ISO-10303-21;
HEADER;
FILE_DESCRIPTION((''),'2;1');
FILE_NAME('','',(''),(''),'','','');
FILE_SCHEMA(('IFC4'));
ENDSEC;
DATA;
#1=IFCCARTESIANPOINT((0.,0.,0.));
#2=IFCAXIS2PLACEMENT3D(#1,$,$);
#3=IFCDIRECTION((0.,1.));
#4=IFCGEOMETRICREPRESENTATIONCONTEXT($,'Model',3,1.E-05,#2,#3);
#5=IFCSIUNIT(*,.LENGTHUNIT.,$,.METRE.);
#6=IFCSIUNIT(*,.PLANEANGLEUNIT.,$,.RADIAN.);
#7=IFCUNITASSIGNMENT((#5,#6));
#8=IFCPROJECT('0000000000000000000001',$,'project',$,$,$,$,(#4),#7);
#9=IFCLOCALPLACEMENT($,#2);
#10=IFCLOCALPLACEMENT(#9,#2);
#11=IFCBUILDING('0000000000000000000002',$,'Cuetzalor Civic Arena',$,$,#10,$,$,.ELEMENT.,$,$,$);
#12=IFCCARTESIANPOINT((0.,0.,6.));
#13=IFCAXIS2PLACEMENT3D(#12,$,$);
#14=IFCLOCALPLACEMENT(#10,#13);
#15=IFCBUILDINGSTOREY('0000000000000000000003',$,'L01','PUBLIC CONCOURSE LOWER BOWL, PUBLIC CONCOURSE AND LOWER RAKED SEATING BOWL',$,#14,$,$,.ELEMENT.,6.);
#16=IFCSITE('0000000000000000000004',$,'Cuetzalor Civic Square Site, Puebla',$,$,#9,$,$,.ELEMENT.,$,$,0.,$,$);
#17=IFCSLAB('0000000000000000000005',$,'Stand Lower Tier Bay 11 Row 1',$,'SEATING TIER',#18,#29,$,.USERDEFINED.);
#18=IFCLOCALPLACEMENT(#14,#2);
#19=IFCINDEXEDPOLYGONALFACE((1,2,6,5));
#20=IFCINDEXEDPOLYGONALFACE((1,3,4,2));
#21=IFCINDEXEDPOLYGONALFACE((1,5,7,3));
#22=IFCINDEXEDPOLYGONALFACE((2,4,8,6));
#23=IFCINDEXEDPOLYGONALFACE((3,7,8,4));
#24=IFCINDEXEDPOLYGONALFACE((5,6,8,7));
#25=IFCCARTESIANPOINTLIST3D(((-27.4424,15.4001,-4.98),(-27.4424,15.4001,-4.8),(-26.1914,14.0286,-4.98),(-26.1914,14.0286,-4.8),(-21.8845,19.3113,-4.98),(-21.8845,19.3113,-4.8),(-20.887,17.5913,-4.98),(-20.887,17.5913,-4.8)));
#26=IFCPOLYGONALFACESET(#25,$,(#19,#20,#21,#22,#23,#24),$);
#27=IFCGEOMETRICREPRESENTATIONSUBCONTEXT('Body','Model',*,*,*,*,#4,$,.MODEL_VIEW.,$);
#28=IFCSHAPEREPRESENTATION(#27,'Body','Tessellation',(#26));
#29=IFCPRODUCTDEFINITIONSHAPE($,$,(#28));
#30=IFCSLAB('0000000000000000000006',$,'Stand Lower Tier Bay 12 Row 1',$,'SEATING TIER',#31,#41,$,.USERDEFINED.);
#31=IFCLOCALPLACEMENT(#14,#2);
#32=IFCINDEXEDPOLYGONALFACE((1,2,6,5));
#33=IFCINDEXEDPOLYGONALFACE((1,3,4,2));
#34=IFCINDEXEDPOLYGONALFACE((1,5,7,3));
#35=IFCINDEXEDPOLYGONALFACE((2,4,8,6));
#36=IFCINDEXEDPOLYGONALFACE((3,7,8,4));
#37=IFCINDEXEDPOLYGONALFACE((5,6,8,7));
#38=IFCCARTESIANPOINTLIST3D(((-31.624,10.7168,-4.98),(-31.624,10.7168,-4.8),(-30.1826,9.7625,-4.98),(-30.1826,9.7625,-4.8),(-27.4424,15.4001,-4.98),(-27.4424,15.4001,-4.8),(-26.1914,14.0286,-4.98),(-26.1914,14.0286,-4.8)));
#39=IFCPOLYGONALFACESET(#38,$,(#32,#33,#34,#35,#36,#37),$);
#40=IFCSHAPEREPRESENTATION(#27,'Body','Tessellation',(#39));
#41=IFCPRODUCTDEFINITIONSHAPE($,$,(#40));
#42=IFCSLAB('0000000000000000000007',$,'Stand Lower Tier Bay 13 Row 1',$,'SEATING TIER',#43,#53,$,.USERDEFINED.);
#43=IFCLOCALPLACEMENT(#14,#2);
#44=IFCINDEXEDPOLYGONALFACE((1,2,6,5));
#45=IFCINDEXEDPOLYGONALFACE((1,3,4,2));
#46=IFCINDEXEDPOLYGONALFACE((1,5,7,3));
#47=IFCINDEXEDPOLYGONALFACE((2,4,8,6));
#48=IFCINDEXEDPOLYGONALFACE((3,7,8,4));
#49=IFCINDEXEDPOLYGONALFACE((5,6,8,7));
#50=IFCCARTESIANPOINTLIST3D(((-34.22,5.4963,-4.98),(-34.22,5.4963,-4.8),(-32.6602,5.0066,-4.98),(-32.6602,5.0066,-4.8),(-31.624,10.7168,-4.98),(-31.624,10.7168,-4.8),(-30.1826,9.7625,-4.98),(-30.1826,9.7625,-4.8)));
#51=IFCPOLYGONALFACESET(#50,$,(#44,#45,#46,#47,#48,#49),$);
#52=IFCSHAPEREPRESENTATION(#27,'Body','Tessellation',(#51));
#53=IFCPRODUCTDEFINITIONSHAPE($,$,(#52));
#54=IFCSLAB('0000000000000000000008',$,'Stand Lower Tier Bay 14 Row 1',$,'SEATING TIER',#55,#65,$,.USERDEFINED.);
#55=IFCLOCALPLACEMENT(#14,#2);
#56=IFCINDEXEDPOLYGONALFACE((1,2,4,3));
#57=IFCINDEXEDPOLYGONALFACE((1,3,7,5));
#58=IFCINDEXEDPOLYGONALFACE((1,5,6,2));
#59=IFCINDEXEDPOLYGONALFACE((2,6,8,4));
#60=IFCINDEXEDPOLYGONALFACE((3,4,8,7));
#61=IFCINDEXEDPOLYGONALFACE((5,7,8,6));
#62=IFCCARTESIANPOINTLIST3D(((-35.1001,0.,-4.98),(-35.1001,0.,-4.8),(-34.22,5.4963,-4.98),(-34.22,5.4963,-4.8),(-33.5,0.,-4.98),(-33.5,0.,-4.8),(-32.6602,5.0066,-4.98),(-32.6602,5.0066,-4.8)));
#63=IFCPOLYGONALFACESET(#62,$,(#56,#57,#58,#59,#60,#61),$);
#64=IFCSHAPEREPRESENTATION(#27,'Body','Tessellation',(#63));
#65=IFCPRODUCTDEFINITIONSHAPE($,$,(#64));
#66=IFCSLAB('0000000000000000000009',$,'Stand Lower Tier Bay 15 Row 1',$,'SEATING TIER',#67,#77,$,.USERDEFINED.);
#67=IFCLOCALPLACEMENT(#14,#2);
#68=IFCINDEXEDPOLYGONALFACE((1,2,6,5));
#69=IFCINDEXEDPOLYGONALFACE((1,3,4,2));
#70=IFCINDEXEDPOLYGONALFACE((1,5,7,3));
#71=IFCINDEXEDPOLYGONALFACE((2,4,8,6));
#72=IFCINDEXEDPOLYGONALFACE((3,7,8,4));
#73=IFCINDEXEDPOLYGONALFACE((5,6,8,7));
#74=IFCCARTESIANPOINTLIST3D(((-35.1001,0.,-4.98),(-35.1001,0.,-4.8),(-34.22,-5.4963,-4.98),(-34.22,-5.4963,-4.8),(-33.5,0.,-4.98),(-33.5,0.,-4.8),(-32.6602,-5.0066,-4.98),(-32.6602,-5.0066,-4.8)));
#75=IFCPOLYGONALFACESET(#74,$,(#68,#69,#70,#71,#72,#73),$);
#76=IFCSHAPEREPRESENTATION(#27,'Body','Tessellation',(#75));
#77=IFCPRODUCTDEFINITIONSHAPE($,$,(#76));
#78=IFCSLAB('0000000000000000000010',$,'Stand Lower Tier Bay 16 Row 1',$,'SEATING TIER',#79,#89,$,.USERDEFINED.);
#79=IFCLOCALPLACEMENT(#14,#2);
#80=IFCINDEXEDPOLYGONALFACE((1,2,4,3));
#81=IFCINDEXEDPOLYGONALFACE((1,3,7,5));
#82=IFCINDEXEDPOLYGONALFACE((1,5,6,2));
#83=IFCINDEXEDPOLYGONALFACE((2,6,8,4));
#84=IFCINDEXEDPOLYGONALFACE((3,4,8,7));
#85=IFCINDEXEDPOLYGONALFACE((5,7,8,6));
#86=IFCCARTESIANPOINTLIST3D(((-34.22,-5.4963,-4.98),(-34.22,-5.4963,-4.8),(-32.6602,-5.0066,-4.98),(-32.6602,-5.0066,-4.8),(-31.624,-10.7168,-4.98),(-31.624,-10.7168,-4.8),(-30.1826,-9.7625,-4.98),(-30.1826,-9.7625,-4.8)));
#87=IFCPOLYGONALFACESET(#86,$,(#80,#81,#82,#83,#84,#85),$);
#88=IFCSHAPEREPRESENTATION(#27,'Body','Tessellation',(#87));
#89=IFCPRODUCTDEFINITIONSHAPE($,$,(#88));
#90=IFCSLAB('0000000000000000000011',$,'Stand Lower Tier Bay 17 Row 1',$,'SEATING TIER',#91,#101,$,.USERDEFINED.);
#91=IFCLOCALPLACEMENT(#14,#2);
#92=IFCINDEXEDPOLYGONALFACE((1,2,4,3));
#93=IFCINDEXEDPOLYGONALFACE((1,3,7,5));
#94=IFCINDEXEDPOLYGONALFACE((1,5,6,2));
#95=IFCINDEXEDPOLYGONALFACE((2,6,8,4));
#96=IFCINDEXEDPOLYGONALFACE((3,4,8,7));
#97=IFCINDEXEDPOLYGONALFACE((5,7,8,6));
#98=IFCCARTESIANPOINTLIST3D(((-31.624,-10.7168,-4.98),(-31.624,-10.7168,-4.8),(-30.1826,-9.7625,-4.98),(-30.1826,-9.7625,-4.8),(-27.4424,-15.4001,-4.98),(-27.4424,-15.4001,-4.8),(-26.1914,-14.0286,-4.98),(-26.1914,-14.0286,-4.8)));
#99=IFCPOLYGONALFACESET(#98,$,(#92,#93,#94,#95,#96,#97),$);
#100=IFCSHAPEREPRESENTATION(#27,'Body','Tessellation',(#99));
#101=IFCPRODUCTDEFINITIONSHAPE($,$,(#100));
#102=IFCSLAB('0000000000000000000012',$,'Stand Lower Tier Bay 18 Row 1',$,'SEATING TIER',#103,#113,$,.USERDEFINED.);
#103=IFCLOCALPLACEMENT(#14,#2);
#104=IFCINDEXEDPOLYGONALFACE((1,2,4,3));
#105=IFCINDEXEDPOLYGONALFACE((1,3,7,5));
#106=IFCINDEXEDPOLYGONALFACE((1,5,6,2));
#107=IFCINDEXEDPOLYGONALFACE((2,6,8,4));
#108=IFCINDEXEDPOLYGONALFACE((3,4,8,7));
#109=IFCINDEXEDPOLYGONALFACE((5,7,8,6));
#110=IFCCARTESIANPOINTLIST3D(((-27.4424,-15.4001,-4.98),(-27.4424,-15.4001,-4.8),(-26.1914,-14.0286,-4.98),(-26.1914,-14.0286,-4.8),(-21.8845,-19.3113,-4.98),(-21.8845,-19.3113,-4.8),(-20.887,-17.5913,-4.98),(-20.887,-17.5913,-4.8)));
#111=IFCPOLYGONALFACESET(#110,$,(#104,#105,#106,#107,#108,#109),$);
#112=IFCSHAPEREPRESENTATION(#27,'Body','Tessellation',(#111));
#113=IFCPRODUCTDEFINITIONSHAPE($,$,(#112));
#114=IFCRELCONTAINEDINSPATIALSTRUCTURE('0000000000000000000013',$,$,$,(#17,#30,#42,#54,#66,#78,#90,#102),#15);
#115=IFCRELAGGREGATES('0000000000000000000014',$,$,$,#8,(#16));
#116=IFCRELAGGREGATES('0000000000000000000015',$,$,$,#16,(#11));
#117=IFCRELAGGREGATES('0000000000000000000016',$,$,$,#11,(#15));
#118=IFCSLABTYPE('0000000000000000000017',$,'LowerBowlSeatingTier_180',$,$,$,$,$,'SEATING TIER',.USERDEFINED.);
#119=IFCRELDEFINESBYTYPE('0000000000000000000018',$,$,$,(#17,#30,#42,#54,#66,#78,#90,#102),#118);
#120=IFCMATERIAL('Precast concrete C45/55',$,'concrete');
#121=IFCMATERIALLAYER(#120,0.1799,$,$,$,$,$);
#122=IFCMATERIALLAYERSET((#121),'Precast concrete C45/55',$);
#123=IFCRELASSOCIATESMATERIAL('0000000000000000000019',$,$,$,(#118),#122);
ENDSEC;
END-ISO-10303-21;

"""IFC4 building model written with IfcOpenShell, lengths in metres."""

from ifc_helpers import new_model, si_unit, direction, frame, origin, place, context, subcontext, project, spatial, polyline, outline, extrude, material, layer, layer_set, type_object, element, save


model = new_model("IFC4")

# Units and contexts
model_context = context("Model", 3, precision=1e-05, world=origin(), true_north=direction((0.0, 1.0)))
body_context = subcontext(model_context, "Body", "Model", "MODEL_VIEW")
ifc_project = project(units=[si_unit("LENGTHUNIT", "METRE"), si_unit("PLANEANGLEUNIT", "RADIAN")], contexts=[model_context])

# Site, building, storey
site_placement = place(None, origin())
site = spatial("IfcSite", under=ifc_project, at=site_placement, Name="Cuetzalor Civic Square Site, Puebla", CompositionType="ELEMENT", RefElevation=0.0)
building_placement = place(site_placement, origin())
building = spatial("IfcBuilding", under=site, at=building_placement, Name="Cuetzalor Civic Arena", CompositionType="ELEMENT")
storey_placement = place(building_placement, frame((0.0, 0.0, 6.0)))
storey = spatial("IfcBuildingStorey", under=building, at=storey_placement, Name="L01", Description="PUBLIC CONCOURSE LOWER BOWL, PUBLIC CONCOURSE AND LOWER RAKED SEATING BOWL", CompositionType="ELEMENT", Elevation=6.0)

# Slabs
ifc_material = material(Name="Precast concrete C45/55", Category="concrete")
ifc_layer = layer(ifc_material, 0.1799)
ifc_layer_set = layer_set([ifc_layer], Name="Precast concrete C45/55")
slab_type = type_object("IfcSlabType", Name="LowerBowlSeatingTier_180", ElementType="SEATING TIER", PredefinedType="USERDEFINED", material=ifc_layer_set)
slab_1_placement = place(storey_placement, frame((0.0, 0.0, -4.98)))
element("IfcSlab", 1, at=slab_1_placement, inside=storey, type_object=slab_type, Name="Stand Lower Tier Bay 11 Row 1", ObjectType="SEATING TIER", PredefinedType="USERDEFINED", context=body_context, shape_type="SweptSolid", body=[
    extrude(outline(polyline([(-20.887, 17.5913), (-26.1914, 14.0286), (-27.4424, 15.4001), (-21.8845, 19.3113), (-20.887, 17.5913)])), origin(), (0.0, 0.0, 1.0), 0.1799),
])
slab_2_placement = place(storey_placement, frame((0.0, 0.0, -4.98)))
element("IfcSlab", 2, at=slab_2_placement, inside=storey, type_object=slab_type, Name="Stand Lower Tier Bay 12 Row 1", ObjectType="SEATING TIER", PredefinedType="USERDEFINED", context=body_context, shape_type="SweptSolid", body=[
    extrude(outline(polyline([(-26.1914, 14.0286), (-30.1826, 9.7625), (-31.624, 10.7168), (-27.4424, 15.4001), (-26.1914, 14.0286)])), origin(), (0.0, 0.0, 1.0), 0.1799),
])
slab_3_placement = place(storey_placement, frame((0.0, 0.0, -4.98)))
element("IfcSlab", 3, at=slab_3_placement, inside=storey, type_object=slab_type, Name="Stand Lower Tier Bay 13 Row 1", ObjectType="SEATING TIER", PredefinedType="USERDEFINED", context=body_context, shape_type="SweptSolid", body=[
    extrude(outline(polyline([(-30.1826, 9.7625), (-32.6602, 5.0066), (-34.22, 5.4963), (-31.624, 10.7168), (-30.1826, 9.7625)])), origin(), (0.0, 0.0, 1.0), 0.1799),
])
slab_4_placement = place(storey_placement, frame((0.0, 0.0, -4.98)))
element("IfcSlab", 4, at=slab_4_placement, inside=storey, type_object=slab_type, Name="Stand Lower Tier Bay 14 Row 1", ObjectType="SEATING TIER", PredefinedType="USERDEFINED", context=body_context, shape_type="SweptSolid", body=[
    extrude(outline(polyline([(-32.6602, 5.0066), (-33.5, 0.0), (-35.1001, 0.0), (-34.22, 5.4963), (-32.6602, 5.0066)])), origin(), (0.0, 0.0, 1.0), 0.1799),
])
slab_5_placement = place(storey_placement, frame((0.0, 0.0, -4.98)))
element("IfcSlab", 5, at=slab_5_placement, inside=storey, type_object=slab_type, Name="Stand Lower Tier Bay 15 Row 1", ObjectType="SEATING TIER", PredefinedType="USERDEFINED", context=body_context, shape_type="SweptSolid", body=[
    extrude(outline(polyline([(-33.5, 0.0), (-32.6602, -5.0066), (-34.22, -5.4963), (-35.1001, 0.0), (-33.5, 0.0)])), origin(), (0.0, 0.0, 1.0), 0.1799),
])
slab_6_placement = place(storey_placement, frame((0.0, 0.0, -4.98)))
element("IfcSlab", 6, at=slab_6_placement, inside=storey, type_object=slab_type, Name="Stand Lower Tier Bay 16 Row 1", ObjectType="SEATING TIER", PredefinedType="USERDEFINED", context=body_context, shape_type="SweptSolid", body=[
    extrude(outline(polyline([(-32.6602, -5.0066), (-30.1826, -9.7625), (-31.624, -10.7168), (-34.22, -5.4963), (-32.6602, -5.0066)])), origin(), (0.0, 0.0, 1.0), 0.1799),
])
slab_7_placement = place(storey_placement, frame((0.0, 0.0, -4.98)))
element("IfcSlab", 7, at=slab_7_placement, inside=storey, type_object=slab_type, Name="Stand Lower Tier Bay 17 Row 1", ObjectType="SEATING TIER", PredefinedType="USERDEFINED", context=body_context, shape_type="SweptSolid", body=[
    extrude(outline(polyline([(-30.1826, -9.7625), (-26.1914, -14.0286), (-27.4424, -15.4001), (-31.624, -10.7168), (-30.1826, -9.7625)])), origin(), (0.0, 0.0, 1.0), 0.1799),
])
slab_8_placement = place(storey_placement, frame((0.0, 0.0, -4.98)))
element("IfcSlab", 8, at=slab_8_placement, inside=storey, type_object=slab_type, Name="Stand Lower Tier Bay 18 Row 1", ObjectType="SEATING TIER", PredefinedType="USERDEFINED", context=body_context, shape_type="SweptSolid", body=[
    extrude(outline(polyline([(-26.1914, -14.0286), (-20.887, -17.5913), (-21.8845, -19.3113), (-27.4424, -15.4001), (-26.1914, -14.0286)])), origin(), (0.0, 0.0, 1.0), 0.1799),
])

save(model, "model.ifc")
